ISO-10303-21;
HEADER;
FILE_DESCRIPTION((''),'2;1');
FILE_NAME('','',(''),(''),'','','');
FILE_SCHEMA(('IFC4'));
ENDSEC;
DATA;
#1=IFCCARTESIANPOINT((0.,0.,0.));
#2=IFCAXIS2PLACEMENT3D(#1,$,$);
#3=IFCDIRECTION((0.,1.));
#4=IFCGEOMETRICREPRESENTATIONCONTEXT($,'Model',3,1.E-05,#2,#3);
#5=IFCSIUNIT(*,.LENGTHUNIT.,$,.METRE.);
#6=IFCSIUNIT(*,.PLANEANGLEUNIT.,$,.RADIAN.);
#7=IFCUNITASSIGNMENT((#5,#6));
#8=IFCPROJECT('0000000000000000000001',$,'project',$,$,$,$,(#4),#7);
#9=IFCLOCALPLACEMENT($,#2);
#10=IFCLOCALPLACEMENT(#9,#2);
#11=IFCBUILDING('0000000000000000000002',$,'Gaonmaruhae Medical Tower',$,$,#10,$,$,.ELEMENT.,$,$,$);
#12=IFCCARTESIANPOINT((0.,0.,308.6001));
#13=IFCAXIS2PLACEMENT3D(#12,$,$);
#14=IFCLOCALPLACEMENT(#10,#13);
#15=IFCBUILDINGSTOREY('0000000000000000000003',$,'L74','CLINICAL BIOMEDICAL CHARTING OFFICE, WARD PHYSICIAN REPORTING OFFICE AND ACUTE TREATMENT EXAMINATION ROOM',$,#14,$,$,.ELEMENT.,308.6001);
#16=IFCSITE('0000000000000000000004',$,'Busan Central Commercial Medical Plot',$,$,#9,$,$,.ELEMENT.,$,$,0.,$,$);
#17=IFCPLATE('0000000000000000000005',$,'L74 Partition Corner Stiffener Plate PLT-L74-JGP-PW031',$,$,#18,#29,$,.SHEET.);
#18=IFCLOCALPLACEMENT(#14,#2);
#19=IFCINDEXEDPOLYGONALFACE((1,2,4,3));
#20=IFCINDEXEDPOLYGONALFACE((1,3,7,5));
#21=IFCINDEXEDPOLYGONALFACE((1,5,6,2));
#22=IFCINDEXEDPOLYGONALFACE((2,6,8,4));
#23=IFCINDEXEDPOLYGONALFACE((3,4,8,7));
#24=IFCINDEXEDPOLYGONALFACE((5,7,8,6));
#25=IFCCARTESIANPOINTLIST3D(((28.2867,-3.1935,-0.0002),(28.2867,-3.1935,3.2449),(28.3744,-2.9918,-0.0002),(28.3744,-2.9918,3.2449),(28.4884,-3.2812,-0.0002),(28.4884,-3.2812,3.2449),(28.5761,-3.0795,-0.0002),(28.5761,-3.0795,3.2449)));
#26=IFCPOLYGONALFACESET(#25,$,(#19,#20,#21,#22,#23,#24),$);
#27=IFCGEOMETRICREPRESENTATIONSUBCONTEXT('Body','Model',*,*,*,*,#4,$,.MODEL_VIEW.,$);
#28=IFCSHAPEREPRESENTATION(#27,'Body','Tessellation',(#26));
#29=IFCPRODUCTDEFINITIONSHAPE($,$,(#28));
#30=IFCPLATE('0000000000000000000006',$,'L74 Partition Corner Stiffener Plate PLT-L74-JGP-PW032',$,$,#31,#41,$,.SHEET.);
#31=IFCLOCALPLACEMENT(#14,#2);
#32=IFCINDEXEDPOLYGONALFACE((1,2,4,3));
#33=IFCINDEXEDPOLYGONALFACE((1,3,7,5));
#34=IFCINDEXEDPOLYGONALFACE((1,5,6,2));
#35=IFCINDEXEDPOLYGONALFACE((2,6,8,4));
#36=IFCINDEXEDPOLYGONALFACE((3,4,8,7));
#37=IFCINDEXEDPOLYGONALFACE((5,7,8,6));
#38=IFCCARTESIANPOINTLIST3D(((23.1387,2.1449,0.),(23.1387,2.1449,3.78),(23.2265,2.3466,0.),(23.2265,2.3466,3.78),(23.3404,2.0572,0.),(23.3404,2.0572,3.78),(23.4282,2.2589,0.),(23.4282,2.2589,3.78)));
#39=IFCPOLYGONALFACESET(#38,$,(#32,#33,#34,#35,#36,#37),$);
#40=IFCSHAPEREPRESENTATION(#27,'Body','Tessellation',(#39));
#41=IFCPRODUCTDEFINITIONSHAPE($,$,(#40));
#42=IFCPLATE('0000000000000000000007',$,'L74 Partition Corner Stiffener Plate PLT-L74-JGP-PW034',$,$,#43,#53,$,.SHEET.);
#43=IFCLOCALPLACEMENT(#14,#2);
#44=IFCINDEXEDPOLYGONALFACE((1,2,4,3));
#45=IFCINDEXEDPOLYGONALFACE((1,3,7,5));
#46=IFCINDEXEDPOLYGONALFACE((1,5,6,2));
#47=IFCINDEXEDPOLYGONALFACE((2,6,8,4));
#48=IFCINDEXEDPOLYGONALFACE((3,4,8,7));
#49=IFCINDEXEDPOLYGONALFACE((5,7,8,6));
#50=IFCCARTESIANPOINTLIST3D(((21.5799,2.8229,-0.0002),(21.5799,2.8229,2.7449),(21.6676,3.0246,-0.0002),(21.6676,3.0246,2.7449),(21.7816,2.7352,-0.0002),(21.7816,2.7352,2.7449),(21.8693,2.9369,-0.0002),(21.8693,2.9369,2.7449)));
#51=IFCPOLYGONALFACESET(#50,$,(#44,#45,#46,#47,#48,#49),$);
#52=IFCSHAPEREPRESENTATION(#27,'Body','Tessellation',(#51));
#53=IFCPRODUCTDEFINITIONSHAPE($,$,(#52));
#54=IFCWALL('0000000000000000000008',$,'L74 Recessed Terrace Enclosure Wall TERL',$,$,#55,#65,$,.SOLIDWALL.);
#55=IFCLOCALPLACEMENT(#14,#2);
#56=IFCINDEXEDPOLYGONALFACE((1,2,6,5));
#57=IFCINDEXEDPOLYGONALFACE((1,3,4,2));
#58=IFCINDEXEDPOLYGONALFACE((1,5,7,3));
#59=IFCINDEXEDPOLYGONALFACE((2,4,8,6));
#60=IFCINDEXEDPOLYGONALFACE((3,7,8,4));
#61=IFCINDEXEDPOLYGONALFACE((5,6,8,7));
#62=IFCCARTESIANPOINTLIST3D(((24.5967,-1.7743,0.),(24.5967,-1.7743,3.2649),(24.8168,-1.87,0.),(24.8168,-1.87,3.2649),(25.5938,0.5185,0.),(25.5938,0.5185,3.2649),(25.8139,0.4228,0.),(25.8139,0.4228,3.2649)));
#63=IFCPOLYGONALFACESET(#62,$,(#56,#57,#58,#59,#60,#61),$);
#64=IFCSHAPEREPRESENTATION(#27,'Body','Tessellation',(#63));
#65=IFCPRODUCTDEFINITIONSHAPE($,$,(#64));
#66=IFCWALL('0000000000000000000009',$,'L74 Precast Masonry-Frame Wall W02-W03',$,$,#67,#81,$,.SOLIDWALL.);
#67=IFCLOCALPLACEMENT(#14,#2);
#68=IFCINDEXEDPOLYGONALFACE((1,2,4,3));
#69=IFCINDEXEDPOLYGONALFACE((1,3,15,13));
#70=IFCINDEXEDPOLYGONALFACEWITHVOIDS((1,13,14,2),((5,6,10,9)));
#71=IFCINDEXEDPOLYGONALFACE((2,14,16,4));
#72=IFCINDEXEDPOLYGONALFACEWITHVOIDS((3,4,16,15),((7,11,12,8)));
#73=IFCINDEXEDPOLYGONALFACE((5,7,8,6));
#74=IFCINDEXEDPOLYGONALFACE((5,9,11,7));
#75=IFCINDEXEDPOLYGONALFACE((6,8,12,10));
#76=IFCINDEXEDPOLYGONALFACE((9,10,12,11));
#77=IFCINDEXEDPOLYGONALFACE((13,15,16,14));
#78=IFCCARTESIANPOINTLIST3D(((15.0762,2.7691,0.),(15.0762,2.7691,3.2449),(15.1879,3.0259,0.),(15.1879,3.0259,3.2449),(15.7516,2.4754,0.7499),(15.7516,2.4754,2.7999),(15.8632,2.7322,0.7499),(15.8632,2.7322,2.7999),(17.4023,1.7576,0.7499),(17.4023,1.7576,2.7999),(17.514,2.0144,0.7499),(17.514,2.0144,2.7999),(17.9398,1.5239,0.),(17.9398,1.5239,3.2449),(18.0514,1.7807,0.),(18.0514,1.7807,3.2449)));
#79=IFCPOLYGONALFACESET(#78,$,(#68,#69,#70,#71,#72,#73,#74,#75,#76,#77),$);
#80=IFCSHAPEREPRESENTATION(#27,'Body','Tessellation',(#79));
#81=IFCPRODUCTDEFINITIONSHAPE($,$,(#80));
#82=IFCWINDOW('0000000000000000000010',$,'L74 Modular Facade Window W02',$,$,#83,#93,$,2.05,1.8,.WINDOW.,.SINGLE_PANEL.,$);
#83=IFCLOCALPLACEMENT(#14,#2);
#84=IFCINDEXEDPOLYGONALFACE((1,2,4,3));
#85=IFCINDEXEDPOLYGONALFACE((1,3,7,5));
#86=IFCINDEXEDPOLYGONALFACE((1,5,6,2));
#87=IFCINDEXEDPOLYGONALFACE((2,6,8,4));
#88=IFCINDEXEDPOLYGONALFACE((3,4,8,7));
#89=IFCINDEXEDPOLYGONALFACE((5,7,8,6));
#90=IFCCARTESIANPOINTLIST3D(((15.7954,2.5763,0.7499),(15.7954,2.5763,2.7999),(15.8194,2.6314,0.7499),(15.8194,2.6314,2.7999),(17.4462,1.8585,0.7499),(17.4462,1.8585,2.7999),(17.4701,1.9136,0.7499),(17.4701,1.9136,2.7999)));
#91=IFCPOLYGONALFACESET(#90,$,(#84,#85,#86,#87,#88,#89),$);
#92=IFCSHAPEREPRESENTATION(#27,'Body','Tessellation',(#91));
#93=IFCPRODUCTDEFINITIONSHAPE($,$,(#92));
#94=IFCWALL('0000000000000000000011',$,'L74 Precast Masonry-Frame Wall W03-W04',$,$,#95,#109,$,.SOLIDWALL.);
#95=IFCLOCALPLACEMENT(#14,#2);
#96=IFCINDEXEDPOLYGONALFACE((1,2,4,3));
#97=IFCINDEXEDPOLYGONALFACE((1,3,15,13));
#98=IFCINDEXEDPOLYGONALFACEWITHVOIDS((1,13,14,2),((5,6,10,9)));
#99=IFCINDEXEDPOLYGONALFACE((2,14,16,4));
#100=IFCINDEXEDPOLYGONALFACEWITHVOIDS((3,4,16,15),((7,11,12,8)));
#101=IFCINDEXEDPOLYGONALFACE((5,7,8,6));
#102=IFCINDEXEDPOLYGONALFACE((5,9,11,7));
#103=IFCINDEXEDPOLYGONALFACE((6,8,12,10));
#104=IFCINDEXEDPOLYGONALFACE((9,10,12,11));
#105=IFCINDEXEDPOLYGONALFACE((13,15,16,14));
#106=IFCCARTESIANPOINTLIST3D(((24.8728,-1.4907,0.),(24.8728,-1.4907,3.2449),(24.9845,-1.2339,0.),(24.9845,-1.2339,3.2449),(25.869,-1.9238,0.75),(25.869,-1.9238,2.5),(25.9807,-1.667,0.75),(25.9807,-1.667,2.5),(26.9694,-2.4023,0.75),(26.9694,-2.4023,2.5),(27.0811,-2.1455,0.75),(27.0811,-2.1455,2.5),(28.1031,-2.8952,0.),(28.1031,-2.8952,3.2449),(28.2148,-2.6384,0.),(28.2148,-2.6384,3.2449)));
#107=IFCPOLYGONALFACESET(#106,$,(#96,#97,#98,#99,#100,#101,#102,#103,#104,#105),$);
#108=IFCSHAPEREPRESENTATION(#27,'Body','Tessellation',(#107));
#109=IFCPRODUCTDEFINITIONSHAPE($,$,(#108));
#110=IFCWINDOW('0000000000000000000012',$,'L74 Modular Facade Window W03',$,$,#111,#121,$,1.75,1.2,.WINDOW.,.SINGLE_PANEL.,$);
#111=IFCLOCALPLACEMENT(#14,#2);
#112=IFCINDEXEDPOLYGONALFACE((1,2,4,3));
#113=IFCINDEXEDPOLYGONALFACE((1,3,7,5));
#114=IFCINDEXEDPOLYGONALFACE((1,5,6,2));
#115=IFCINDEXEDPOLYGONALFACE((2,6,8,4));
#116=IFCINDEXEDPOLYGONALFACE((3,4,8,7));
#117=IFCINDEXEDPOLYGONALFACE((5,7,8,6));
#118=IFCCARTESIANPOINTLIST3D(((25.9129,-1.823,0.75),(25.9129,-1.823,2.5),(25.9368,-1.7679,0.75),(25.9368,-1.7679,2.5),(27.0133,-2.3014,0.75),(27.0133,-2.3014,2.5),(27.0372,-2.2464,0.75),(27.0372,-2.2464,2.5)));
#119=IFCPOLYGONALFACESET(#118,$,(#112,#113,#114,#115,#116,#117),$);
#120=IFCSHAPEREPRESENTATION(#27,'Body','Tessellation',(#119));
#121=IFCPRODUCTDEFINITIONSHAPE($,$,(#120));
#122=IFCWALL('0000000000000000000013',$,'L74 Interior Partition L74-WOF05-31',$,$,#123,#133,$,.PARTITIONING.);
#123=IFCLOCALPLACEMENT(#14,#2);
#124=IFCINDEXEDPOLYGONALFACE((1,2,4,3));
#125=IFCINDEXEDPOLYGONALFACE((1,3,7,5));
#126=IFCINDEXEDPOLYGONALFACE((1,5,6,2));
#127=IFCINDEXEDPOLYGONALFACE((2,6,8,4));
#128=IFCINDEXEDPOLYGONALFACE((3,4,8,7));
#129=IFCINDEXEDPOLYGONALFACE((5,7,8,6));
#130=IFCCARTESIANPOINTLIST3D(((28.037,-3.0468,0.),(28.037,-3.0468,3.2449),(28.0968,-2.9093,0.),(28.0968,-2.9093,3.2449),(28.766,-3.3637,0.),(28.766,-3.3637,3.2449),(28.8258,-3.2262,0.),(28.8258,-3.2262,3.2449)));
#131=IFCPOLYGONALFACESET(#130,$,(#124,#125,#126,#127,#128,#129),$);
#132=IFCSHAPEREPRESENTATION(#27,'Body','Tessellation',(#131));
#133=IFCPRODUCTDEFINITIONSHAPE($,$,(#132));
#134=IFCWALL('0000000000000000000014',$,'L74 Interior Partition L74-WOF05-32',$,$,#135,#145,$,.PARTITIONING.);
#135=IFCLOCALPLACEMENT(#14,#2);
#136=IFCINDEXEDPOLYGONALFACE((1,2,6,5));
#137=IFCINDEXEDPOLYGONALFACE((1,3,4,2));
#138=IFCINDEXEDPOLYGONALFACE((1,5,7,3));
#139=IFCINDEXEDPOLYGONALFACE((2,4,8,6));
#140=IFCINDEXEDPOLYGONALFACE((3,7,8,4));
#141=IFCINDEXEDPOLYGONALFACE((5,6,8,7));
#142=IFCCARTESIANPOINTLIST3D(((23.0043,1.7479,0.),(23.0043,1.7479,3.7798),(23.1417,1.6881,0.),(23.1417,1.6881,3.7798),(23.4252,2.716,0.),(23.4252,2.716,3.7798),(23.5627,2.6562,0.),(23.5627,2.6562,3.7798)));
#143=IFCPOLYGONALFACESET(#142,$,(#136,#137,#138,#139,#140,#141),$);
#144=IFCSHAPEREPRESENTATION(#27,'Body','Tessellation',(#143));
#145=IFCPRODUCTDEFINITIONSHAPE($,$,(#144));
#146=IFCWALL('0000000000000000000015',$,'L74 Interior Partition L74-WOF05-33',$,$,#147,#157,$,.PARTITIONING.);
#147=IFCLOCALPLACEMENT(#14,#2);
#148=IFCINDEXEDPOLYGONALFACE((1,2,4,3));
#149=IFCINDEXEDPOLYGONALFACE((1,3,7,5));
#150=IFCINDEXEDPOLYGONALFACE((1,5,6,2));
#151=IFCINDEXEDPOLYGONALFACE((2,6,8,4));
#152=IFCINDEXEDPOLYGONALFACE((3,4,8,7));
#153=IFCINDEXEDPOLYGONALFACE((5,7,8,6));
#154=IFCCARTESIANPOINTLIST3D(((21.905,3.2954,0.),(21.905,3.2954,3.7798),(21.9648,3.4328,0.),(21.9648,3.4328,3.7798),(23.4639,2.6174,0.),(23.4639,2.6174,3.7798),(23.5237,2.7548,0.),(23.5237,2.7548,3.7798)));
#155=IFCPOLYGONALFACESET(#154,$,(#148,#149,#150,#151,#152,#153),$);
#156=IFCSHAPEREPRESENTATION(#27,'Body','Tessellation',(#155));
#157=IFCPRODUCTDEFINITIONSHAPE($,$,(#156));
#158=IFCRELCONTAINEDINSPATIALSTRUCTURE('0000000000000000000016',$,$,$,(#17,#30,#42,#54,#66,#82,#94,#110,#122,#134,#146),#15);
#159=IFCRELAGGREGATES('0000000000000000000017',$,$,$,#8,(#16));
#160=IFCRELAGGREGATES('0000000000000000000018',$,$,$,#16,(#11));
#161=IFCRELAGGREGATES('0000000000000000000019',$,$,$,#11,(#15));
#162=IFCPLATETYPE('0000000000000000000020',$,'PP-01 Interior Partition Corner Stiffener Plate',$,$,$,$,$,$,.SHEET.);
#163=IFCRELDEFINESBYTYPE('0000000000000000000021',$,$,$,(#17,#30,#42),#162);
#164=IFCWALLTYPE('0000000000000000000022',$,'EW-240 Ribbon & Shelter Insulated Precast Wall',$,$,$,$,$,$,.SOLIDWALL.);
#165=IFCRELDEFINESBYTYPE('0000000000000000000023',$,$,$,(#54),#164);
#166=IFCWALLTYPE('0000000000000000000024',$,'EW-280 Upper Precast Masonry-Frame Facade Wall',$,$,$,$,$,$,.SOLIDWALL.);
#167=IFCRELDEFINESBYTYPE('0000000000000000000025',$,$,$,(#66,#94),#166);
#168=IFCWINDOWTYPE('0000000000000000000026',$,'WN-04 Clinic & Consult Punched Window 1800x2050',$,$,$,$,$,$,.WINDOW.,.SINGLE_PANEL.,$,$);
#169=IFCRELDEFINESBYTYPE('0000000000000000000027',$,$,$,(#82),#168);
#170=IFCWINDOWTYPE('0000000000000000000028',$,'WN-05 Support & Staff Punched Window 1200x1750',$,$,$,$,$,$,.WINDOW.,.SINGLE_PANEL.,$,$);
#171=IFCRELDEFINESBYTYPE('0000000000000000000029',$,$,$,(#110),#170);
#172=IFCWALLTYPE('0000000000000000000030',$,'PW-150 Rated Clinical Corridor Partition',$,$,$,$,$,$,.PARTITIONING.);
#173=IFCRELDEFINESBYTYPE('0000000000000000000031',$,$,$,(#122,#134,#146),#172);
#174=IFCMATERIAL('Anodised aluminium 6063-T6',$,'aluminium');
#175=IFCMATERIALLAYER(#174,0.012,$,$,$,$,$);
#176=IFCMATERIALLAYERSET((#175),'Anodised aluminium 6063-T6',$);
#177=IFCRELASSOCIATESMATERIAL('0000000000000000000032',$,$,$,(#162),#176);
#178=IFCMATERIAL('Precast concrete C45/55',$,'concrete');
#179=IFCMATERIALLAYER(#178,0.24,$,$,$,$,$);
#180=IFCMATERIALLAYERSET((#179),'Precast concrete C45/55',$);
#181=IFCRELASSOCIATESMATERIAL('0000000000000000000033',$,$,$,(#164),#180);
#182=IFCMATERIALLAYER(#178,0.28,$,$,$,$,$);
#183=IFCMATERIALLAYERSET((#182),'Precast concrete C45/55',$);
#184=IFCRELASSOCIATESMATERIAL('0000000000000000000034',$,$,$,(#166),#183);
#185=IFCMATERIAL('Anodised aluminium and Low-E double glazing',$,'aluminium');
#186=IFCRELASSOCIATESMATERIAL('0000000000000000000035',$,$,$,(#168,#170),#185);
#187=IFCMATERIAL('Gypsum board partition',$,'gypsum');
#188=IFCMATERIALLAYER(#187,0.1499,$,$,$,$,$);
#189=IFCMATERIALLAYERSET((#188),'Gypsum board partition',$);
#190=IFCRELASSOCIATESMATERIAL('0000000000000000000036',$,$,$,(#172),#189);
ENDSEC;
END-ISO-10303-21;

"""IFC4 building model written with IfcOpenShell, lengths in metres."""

from ifc_helpers import new_model, si_unit, direction, frame, frame_2d, origin, origin_2d, place, context, subcontext, project, spatial, rectangle, extrude, material, layer, layer_set, type_object, element, fill, save


model = new_model("IFC4")

# Units and contexts
model_context = context("Model", 3, precision=1e-05, world=origin(), true_north=direction((0.0, 1.0)))
body_context = subcontext(model_context, "Body", "Model", "MODEL_VIEW")
ifc_project = project(units=[si_unit("LENGTHUNIT", "METRE"), si_unit("PLANEANGLEUNIT", "RADIAN")], contexts=[model_context])

# Site, building, storey
site_placement = place(None, origin())
site = spatial("IfcSite", under=ifc_project, at=site_placement, Name="Busan Central Commercial Medical Plot", CompositionType="ELEMENT", RefElevation=0.0)
building_placement = place(site_placement, origin())
building = spatial("IfcBuilding", under=site, at=building_placement, Name="Gaonmaruhae Medical Tower", CompositionType="ELEMENT")
storey_placement = place(building_placement, frame((0.0, 0.0, 308.6001)))
storey = spatial("IfcBuildingStorey", under=building, at=storey_placement, Name="L74", Description="CLINICAL BIOMEDICAL CHARTING OFFICE, WARD PHYSICIAN REPORTING OFFICE AND ACUTE TREATMENT EXAMINATION ROOM", CompositionType="ELEMENT", Elevation=308.6001)

# Plates
ifc_material_1 = material(Name="Anodised aluminium 6063-T6", Category="aluminium")
ifc_layer_1 = layer(ifc_material_1, 0.012)
ifc_layer_set_1 = layer_set([ifc_layer_1], Name="Anodised aluminium 6063-T6")
plate_type = type_object("IfcPlateType", Name="PP-01 Interior Partition Corner Stiffener Plate", PredefinedType="SHEET", material=ifc_layer_set_1)
plate_1_placement = place(storey_placement, frame((28.4314, -3.1365, -0.0002), z_axis=(0.0, 0.0, 1.0), x_axis=(-0.917053, 0.398765, 0.0)))
element("IfcPlate", 1, at=plate_1_placement, inside=storey, type_object=plate_type, Name="L74 Partition Corner Stiffener Plate PLT-L74-JGP-PW031", PredefinedType="SHEET", context=body_context, shape_type="SweptSolid", body=[
    extrude(rectangle(XDim=0.22, YDim=0.22, at=origin_2d()), origin(), (0.0, 0.0, 1.0), 3.2451),
])
plate_2_placement = place(storey_placement, frame((23.2834, 2.2019, 0.0), z_axis=(0.0, 0.0, 1.0), x_axis=(0.398829, 0.917025, 0.0)))
element("IfcPlate", 2, at=plate_2_placement, inside=storey, type_object=plate_type, Name="L74 Partition Corner Stiffener Plate PLT-L74-JGP-PW032", PredefinedType="SHEET", context=body_context, shape_type="SweptSolid", body=[
    extrude(rectangle(XDim=0.22, YDim=0.22, at=origin_2d()), origin(), (0.0, 0.0, 1.0), 3.78),
])
plate_3_placement = place(storey_placement, frame((21.7246, 2.8799, -0.0002), z_axis=(0.0, 0.0, 1.0), x_axis=(-0.398829, -0.917025, 0.0)))
element("IfcPlate", 3, at=plate_3_placement, inside=storey, type_object=plate_type, Name="L74 Partition Corner Stiffener Plate PLT-L74-JGP-PW034", PredefinedType="SHEET", context=body_context, shape_type="SweptSolid", body=[
    extrude(rectangle(XDim=0.22, YDim=0.22, at=origin_2d()), origin(), (0.0, 0.0, 1.0), 2.7451),
])

# Shared definitions
ifc_material_2 = material(Name="Precast concrete C45/55", Category="concrete")
ifc_layer_2 = layer(ifc_material_2, 0.24)
ifc_layer_set_2 = layer_set([ifc_layer_2], Name="Precast concrete C45/55")
wall_type_1 = type_object("IfcWallType", Name="EW-240 Ribbon & Shelter Insulated Precast Wall", PredefinedType="SOLIDWALL", material=ifc_layer_set_2)

# Wall
wall_1_placement = place(storey_placement, frame((24.7068, -1.822, 0.0), z_axis=(0.0, 0.0, 1.0), x_axis=(0.398805, 0.917036, 0.0)))
element("IfcWall", 4, at=wall_1_placement, inside=storey, type_object=wall_type_1, Name="L74 Recessed Terrace Enclosure Wall TERL", PredefinedType="SOLIDWALL", context=body_context, shape_type="SweptSolid", body=[
    extrude(rectangle(XDim=2.5002, YDim=0.24, at=frame_2d((1.25, 0.0))), origin(), (0.0, 0.0, 1.0), 3.2649),
])

# Walls, openings, windows
ifc_layer_3 = layer(ifc_material_2, 0.28)
ifc_layer_set_3 = layer_set([ifc_layer_3], Name="Precast concrete C45/55")
wall_type_2 = type_object("IfcWallType", Name="EW-280 Upper Precast Masonry-Frame Facade Wall", PredefinedType="SOLIDWALL", material=ifc_layer_set_3)
wall_2_placement = place(storey_placement, frame((17.9956, 1.6523, 0.0), z_axis=(0.0, 0.0, 1.0), x_axis=(-0.917058, 0.398755, 0.0)))
wall_2 = element("IfcWall", 5, at=wall_2_placement, inside=storey, type_object=wall_type_2, Name="L74 Precast Masonry-Frame Wall W02-W03", PredefinedType="SOLIDWALL", context=body_context, shape_type="SweptSolid", body=[
    extrude(rectangle(XDim=3.1226, YDim=0.28, at=frame_2d((1.5613, 0.0))), origin(), (0.0, 0.0, 1.0), 3.2449),
])
opening_1_placement = place(wall_2_placement, frame((0.5862, 0.0, 0.75)))
opening_1 = element("IfcOpeningElement", 6, at=opening_1_placement, cuts=wall_2, PredefinedType="OPENING", context=body_context, shape_type="SweptSolid", body=[
    extrude(rectangle(XDim=1.8, YDim=2.05, at=frame_2d((0.8999, 1.0249))), frame((0.0, 0.1499, 0.0), z_axis=(0.0, -1.0, 0.0), x_axis=(1.0, 0.0, 0.0)), (0.0, 0.0, 1.0), 0.3),
])
ifc_material_3 = material(Name="Anodised aluminium and Low-E double glazing", Category="aluminium")
window_type_1 = type_object("IfcWindowType", Name="WN-04 Clinic & Consult Punched Window 1800x2050", PartitioningType="SINGLE_PANEL", PredefinedType="WINDOW", material=ifc_material_3)
window_1_placement = place(opening_1_placement, origin())
window_1 = element("IfcWindow", 7, at=window_1_placement, inside=storey, type_object=window_type_1, Name="L74 Modular Facade Window W02", OverallHeight=2.05, OverallWidth=1.8, PartitioningType="SINGLE_PANEL", PredefinedType="WINDOW", context=body_context, shape_type="SweptSolid", body=[
    extrude(rectangle(XDim=1.8, YDim=2.05, at=frame_2d((0.8999, 1.0249))), frame((0.0, 0.03, 0.0), z_axis=(0.0, -1.0, 0.0), x_axis=(1.0, 0.0, 0.0)), (0.0, 0.0, 1.0), 0.0601),
])
fill(opening_1, window_1)
wall_3_placement = place(storey_placement, frame((28.1589, -2.7668, 0.0), z_axis=(0.0, 0.0, 1.0), x_axis=(-0.91706, 0.398749, 0.0)))
wall_3 = element("IfcWall", 8, at=wall_3_placement, inside=storey, type_object=wall_type_2, Name="L74 Precast Masonry-Frame Wall W03-W04", PredefinedType="SOLIDWALL", context=body_context, shape_type="SweptSolid", body=[
    extrude(rectangle(XDim=3.5225, YDim=0.28, at=frame_2d((1.7612, 0.0))), origin(), (0.0, 0.0, 1.0), 3.2449),
])
opening_2_placement = place(wall_3_placement, frame((1.2361, 0.0, 0.75)))
opening_2 = element("IfcOpeningElement", 9, at=opening_2_placement, cuts=wall_3, PredefinedType="OPENING", context=body_context, shape_type="SweptSolid", body=[
    extrude(rectangle(XDim=1.2, YDim=1.75, at=frame_2d((0.6001, 0.875))), frame((0.0, 0.1499, 0.0), z_axis=(0.0, -1.0, 0.0), x_axis=(1.0, 0.0, 0.0)), (0.0, 0.0, 1.0), 0.3),
])
window_type_2 = type_object("IfcWindowType", Name="WN-05 Support & Staff Punched Window 1200x1750", PartitioningType="SINGLE_PANEL", PredefinedType="WINDOW", material=ifc_material_3)
window_2_placement = place(opening_2_placement, origin())
window_2 = element("IfcWindow", 10, at=window_2_placement, inside=storey, type_object=window_type_2, Name="L74 Modular Facade Window W03", OverallHeight=1.75, OverallWidth=1.2, PartitioningType="SINGLE_PANEL", PredefinedType="WINDOW", context=body_context, shape_type="SweptSolid", body=[
    extrude(rectangle(XDim=1.2, YDim=1.75, at=frame_2d((0.6001, 0.875))), frame((0.0, 0.03, 0.0), z_axis=(0.0, -1.0, 0.0), x_axis=(1.0, 0.0, 0.0)), (0.0, 0.0, 1.0), 0.0601),
])
fill(opening_2, window_2)

# Walls
ifc_material_4 = material(Name="Gypsum board partition", Category="gypsum")
ifc_layer_4 = layer(ifc_material_4, 0.1499)
ifc_layer_set_4 = layer_set([ifc_layer_4], Name="Gypsum board partition")
wall_type_3 = type_object("IfcWallType", Name="PW-150 Rated Clinical Corridor Partition", PredefinedType="PARTITIONING", material=ifc_layer_set_4)
wall_4_placement = place(storey_placement, frame((28.7959, -3.2949, 0.0), z_axis=(0.0, 0.0, 1.0), x_axis=(-0.917099, 0.398659, 0.0)))
element("IfcWall", 11, at=wall_4_placement, inside=storey, type_object=wall_type_3, Name="L74 Interior Partition L74-WOF05-31", PredefinedType="PARTITIONING", context=body_context, shape_type="SweptSolid", body=[
    extrude(rectangle(XDim=0.7949, YDim=0.1499, at=frame_2d((0.3975, 0.0))), origin(), (0.0, 0.0, 1.0), 3.2449),
])
wall_5_placement = place(storey_placement, frame((23.073, 1.718, 0.0), z_axis=(0.0, 0.0, 1.0), x_axis=(0.398743, 0.917063, 0.0)))
element("IfcWall", 12, at=wall_5_placement, inside=storey, type_object=wall_type_3, Name="L74 Interior Partition L74-WOF05-32", PredefinedType="PARTITIONING", context=body_context, shape_type="SweptSolid", body=[
    extrude(rectangle(XDim=1.0557, YDim=0.1499, at=frame_2d((0.5278, 0.0))), origin(), (0.0, 0.0, 1.0), 3.7798),
])
wall_6_placement = place(storey_placement, frame((23.4939, 2.686, 0.0), z_axis=(0.0, 0.0, 1.0), x_axis=(-0.917022, 0.398836, 0.0)))
element("IfcWall", 13, at=wall_6_placement, inside=storey, type_object=wall_type_3, Name="L74 Interior Partition L74-WOF05-33", PredefinedType="PARTITIONING", context=body_context, shape_type="SweptSolid", body=[
    extrude(rectangle(XDim=1.7, YDim=0.1499, at=frame_2d((0.8501, 0.0))), origin(), (0.0, 0.0, 1.0), 3.7798),
])

save(model, "model.ifc")
